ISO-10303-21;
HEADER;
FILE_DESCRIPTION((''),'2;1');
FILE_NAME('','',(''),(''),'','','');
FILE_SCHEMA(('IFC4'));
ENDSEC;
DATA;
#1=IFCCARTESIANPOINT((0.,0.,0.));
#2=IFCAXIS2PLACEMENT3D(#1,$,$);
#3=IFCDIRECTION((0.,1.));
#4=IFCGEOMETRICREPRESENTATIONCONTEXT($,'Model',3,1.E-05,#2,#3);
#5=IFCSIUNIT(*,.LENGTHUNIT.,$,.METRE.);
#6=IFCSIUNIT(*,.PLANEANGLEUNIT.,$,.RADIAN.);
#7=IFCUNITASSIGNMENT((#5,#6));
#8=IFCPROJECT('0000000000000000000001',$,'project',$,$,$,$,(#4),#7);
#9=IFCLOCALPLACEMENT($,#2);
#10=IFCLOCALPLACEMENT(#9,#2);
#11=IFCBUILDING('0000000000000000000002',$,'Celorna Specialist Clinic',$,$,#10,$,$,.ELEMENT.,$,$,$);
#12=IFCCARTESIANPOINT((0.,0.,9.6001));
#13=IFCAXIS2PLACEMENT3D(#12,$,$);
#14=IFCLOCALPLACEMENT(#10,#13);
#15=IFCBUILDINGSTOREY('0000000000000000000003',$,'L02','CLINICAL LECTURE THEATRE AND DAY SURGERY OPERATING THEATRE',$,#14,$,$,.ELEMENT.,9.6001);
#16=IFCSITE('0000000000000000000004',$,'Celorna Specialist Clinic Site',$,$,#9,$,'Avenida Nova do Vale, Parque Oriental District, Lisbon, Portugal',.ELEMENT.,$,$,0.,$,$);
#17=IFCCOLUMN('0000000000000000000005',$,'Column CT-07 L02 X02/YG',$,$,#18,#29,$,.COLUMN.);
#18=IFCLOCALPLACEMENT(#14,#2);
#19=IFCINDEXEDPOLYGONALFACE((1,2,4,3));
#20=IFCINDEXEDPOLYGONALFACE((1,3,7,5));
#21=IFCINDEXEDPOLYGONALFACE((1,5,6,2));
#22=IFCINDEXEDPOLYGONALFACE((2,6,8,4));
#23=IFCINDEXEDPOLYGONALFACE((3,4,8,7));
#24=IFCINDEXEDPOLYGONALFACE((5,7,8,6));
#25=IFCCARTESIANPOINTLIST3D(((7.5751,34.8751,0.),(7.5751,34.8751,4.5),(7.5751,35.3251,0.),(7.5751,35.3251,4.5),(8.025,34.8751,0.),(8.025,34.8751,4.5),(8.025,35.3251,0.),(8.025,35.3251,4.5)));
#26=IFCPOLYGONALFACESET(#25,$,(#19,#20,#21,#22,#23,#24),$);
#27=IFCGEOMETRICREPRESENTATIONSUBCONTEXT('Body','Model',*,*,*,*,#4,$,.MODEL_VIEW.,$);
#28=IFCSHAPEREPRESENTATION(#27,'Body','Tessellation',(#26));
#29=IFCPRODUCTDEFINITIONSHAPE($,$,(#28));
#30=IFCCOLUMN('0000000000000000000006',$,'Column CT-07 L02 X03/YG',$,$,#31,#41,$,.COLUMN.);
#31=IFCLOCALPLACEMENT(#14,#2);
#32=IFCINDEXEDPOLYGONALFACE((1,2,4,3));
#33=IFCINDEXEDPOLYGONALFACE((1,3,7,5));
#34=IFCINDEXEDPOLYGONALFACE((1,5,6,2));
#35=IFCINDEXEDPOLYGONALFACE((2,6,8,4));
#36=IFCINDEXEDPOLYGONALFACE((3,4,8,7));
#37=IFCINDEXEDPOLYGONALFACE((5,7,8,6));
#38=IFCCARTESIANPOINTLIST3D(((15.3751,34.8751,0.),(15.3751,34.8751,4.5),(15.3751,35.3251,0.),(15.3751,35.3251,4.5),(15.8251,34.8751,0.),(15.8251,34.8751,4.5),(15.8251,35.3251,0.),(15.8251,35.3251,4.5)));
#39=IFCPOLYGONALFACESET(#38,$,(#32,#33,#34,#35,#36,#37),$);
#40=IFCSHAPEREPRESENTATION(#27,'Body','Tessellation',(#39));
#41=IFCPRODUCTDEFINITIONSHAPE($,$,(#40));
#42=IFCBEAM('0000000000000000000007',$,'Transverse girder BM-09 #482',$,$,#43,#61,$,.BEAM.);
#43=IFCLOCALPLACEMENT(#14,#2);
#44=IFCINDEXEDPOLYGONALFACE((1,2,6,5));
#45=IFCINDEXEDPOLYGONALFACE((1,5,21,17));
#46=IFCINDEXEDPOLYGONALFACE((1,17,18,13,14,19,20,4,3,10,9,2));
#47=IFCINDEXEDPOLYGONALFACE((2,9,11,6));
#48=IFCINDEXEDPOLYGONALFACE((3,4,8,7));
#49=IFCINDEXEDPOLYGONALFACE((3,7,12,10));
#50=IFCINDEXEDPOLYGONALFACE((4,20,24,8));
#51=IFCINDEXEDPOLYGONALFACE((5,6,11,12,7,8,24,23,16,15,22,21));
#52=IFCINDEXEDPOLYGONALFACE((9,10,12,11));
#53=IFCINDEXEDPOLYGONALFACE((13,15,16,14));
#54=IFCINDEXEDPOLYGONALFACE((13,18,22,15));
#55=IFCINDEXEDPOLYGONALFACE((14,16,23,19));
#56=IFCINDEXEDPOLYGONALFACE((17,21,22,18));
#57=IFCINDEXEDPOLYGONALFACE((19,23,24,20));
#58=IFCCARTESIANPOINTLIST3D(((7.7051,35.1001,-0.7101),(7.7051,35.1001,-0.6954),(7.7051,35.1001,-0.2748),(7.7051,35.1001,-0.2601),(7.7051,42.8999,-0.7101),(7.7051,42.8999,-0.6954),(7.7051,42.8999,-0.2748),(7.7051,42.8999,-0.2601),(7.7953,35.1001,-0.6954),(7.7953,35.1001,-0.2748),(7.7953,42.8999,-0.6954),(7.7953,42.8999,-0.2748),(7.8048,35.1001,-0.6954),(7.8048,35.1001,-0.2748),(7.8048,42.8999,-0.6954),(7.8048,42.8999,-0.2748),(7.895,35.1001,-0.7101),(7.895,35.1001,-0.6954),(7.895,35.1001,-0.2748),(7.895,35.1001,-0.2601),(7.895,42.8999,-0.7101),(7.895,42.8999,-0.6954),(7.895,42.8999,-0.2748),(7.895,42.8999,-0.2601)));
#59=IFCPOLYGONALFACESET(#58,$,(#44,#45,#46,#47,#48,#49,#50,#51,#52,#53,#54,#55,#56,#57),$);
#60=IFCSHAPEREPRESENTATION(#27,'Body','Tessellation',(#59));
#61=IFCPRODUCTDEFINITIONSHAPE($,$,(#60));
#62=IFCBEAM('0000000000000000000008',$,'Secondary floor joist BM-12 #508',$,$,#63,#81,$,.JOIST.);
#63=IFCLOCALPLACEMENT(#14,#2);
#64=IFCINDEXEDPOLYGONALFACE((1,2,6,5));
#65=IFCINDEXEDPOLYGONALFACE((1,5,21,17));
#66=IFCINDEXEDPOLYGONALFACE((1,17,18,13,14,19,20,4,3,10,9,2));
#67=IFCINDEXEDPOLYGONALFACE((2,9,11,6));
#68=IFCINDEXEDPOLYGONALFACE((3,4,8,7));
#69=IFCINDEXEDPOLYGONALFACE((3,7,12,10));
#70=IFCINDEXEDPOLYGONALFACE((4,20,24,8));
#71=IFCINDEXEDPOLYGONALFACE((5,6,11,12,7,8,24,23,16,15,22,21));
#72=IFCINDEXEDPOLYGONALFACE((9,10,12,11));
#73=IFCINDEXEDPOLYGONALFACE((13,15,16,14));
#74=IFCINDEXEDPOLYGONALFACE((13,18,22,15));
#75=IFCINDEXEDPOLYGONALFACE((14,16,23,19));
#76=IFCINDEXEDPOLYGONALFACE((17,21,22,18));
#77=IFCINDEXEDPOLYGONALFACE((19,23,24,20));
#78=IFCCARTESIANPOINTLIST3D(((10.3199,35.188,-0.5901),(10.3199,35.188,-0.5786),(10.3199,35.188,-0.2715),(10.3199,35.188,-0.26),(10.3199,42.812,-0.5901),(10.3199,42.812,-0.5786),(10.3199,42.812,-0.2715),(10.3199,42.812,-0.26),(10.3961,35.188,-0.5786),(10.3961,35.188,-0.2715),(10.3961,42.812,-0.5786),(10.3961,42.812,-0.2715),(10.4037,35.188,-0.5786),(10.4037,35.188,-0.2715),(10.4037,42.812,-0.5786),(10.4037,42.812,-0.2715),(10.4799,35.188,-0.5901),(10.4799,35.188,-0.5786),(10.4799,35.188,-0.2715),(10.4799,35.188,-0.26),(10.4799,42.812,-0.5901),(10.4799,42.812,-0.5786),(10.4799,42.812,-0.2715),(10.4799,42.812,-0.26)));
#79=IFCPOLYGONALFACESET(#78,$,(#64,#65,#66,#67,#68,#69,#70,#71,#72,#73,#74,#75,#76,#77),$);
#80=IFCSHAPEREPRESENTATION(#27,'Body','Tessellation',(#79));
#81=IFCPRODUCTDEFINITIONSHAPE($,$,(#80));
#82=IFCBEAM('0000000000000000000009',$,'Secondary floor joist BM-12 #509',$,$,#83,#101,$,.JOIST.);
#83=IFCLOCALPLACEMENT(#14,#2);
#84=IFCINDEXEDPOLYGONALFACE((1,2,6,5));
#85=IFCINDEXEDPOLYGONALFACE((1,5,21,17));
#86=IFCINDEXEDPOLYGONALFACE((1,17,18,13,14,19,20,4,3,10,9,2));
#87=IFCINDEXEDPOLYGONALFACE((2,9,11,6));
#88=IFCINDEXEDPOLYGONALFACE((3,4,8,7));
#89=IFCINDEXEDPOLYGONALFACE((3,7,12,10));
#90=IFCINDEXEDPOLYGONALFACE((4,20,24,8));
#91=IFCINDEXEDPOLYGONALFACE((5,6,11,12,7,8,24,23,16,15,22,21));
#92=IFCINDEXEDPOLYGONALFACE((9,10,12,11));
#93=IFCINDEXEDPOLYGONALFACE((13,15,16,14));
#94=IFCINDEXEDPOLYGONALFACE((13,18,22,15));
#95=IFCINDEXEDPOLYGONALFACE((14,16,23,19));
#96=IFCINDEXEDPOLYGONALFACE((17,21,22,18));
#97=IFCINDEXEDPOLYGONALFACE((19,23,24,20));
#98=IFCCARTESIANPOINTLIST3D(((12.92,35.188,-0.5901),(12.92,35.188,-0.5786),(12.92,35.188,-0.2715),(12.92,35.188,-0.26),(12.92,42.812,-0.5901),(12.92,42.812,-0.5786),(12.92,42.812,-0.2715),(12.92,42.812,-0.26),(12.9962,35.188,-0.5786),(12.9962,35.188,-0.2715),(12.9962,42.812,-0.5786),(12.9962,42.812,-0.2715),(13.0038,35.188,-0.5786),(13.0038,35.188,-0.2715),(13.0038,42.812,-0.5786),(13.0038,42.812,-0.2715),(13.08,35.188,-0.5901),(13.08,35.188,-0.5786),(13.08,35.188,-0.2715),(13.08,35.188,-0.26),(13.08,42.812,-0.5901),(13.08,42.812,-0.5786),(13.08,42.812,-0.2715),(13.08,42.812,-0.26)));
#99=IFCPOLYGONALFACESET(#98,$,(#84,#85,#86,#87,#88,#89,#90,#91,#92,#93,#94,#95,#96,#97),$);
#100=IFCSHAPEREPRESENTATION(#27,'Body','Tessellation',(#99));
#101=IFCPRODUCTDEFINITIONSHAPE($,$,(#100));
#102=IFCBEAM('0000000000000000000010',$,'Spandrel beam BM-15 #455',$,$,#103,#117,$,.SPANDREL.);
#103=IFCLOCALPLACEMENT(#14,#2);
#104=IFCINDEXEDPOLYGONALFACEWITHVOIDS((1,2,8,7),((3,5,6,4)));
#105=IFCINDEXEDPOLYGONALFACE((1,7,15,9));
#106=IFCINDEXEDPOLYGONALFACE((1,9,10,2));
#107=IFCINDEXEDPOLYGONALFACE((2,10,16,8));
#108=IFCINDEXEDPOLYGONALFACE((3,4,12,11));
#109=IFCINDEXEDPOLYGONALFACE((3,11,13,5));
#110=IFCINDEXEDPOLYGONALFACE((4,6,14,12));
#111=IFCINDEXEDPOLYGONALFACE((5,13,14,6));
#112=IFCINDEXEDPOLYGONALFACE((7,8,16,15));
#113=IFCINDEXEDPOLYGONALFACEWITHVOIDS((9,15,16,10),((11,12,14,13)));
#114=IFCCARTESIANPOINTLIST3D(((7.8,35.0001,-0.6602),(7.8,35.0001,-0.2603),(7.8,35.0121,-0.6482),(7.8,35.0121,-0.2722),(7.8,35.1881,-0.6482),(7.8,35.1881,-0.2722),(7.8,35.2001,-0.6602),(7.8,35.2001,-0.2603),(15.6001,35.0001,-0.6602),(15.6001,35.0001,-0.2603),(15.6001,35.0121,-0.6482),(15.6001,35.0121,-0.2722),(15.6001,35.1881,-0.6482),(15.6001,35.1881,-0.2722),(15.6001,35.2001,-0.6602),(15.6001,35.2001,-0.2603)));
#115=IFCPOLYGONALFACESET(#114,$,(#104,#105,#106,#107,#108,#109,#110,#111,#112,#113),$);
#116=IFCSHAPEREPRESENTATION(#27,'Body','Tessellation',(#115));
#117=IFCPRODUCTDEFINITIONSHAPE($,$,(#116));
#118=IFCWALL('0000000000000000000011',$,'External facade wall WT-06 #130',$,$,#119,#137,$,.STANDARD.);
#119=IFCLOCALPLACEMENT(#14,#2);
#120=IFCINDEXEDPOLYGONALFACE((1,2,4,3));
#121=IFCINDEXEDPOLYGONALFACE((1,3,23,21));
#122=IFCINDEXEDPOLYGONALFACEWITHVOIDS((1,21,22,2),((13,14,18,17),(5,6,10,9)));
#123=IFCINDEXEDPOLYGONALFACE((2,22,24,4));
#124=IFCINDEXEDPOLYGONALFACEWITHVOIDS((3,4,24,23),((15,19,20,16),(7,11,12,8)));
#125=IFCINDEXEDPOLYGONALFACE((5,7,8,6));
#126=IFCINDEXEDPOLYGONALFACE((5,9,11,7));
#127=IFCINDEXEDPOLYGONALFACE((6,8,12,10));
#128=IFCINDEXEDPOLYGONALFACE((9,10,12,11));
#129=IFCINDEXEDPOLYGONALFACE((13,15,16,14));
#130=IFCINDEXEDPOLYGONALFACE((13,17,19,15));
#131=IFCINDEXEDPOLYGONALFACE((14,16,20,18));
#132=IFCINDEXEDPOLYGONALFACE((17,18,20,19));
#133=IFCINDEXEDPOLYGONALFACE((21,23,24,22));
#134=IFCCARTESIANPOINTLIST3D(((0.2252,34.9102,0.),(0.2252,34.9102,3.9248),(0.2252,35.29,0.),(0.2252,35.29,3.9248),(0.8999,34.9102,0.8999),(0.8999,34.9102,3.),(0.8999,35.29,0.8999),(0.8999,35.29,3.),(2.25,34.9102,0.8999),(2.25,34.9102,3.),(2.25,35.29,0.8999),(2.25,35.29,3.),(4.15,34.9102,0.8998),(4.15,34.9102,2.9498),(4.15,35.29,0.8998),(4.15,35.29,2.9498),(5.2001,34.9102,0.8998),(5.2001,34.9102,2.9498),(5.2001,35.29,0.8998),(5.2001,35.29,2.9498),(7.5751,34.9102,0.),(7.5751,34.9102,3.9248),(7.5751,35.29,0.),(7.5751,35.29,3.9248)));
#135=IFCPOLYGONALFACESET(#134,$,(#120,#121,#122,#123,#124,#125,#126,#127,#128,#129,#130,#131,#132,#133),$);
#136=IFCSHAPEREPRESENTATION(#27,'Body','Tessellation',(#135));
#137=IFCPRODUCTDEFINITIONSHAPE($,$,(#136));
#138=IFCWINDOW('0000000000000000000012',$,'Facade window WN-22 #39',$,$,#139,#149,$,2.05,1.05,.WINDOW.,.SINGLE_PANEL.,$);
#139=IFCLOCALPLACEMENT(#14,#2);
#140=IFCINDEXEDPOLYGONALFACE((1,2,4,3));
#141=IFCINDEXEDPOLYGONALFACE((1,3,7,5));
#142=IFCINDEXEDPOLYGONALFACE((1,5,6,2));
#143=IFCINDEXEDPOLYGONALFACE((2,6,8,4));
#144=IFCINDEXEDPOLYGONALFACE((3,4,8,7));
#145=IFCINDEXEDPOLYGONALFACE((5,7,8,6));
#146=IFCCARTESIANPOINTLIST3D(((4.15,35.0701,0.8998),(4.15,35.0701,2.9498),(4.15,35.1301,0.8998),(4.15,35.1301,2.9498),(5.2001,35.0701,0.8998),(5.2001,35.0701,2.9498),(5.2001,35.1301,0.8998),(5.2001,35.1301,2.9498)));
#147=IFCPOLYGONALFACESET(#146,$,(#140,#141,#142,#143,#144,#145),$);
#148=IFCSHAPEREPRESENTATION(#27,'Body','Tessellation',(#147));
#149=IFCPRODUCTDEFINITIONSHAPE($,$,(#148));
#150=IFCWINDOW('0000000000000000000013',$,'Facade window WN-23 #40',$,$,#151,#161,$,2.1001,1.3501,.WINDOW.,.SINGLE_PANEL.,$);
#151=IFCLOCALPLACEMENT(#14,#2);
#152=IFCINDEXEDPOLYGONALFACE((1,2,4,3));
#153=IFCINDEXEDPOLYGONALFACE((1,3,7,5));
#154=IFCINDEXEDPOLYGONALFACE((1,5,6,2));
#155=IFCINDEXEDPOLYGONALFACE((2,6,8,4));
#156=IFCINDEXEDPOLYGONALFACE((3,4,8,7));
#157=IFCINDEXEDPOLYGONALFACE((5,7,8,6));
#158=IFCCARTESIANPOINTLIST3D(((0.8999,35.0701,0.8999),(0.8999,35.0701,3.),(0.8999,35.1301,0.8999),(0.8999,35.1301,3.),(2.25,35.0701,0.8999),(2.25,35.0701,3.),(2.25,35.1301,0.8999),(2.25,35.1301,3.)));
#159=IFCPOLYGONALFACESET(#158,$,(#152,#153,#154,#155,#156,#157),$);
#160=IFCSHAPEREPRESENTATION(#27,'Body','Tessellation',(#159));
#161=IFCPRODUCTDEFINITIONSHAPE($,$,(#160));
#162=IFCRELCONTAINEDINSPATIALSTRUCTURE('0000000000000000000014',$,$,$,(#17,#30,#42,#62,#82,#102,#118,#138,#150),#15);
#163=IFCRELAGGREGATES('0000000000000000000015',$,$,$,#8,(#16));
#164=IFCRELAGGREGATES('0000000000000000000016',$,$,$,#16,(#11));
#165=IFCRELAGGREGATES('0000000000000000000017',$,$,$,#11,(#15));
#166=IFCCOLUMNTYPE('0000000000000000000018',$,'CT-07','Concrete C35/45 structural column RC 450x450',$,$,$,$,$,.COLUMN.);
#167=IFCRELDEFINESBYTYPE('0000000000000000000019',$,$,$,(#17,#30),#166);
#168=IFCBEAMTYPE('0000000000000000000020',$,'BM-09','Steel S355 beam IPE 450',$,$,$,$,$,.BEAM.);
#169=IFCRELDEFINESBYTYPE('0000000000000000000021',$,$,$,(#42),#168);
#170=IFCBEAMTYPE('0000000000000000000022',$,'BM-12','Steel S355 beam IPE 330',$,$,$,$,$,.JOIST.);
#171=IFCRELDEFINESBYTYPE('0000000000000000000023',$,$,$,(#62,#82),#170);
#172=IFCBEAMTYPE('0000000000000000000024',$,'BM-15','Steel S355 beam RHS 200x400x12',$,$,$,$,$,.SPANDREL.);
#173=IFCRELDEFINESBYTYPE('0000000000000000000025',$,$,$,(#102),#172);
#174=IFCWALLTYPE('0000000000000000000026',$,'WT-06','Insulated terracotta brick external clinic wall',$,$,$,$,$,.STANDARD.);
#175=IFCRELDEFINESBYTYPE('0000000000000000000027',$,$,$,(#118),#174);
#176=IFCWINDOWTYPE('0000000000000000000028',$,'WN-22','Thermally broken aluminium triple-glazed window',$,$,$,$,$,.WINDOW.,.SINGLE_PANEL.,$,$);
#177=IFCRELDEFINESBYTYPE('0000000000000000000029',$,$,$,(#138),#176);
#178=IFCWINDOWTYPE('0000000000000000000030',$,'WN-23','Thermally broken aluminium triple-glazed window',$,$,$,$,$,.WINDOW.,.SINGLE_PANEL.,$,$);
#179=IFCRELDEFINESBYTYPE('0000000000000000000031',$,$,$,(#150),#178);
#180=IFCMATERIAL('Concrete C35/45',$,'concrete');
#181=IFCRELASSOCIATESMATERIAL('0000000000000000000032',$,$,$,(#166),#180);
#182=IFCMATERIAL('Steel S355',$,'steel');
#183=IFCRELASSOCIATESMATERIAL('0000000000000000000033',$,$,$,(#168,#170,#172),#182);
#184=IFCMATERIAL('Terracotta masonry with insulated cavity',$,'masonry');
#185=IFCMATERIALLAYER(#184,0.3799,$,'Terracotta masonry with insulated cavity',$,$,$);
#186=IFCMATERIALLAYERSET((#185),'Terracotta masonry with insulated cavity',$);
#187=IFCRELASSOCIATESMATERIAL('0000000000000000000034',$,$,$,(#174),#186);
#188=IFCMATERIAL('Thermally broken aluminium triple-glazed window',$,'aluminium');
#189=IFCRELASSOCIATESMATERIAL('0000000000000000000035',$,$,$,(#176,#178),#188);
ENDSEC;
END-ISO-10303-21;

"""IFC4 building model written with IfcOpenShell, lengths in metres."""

from ifc_helpers import new_model, si_unit, direction, frame, frame_2d, origin, origin_2d, place, context, subcontext, project, spatial, rectangle, hollow_rectangle, i_section, extrude, material, layer, layer_set, material_profile, profile_set, type_object, element, fill, save


model = new_model("IFC4")

# Units and contexts
model_context = context("Model", 3, precision=1e-05, world=origin(), true_north=direction((0.0, 1.0)))
body_context = subcontext(model_context, "Body", "Model", "MODEL_VIEW")
ifc_project = project(units=[si_unit("LENGTHUNIT", "METRE"), si_unit("PLANEANGLEUNIT", "RADIAN")], contexts=[model_context])

# Site, building, storey
site_placement = place(None, origin())
site = spatial("IfcSite", under=ifc_project, at=site_placement, Name="Celorna Specialist Clinic Site", LongName="Avenida Nova do Vale, Parque Oriental District, Lisbon, Portugal", CompositionType="ELEMENT", RefElevation=0.0)
building_placement = place(site_placement, origin())
building = spatial("IfcBuilding", under=site, at=building_placement, Name="Celorna Specialist Clinic", CompositionType="ELEMENT")
storey_placement = place(building_placement, frame((0.0, 0.0, 9.6001)))
storey = spatial("IfcBuildingStorey", under=building, at=storey_placement, Name="L02", Description="CLINICAL LECTURE THEATRE AND DAY SURGERY OPERATING THEATRE", CompositionType="ELEMENT", Elevation=9.6001)

# Columns
ifc_material_1 = material(Name="Concrete C35/45", Category="concrete")
ifc_material_profile_1 = material_profile(ifc_material_1, rectangle(XDim=0.45, YDim=0.45, at=origin_2d()), Name="RC 450x450")
ifc_profile_set_1 = profile_set([ifc_material_profile_1], Name="Concrete C35/45")
column_type = type_object("IfcColumnType", Name="CT-07", Description="Concrete C35/45 structural column RC 450x450", PredefinedType="COLUMN", material=ifc_profile_set_1)
for number, where, z_axis, x_axis, name in (
    (1, (7.8, 35.1001, 0.0), (0.0, 0.0, 1.0), (1.0, 0.0, 0.0), "Column CT-07 L02 X02/YG"),
    (2, (15.6001, 35.1001, 0.0), (0.0, 0.0, 1.0), (1.0, 0.0, 0.0), "Column CT-07 L02 X03/YG"),
):
    element("IfcColumn", number, at=place(storey_placement, frame(where, z_axis=z_axis, x_axis=x_axis)), inside=storey, type_object=column_type, Name=name, PredefinedType="COLUMN", context=body_context, shape_type="SweptSolid", body=[
        extrude(rectangle(XDim=0.45, YDim=0.45, at=origin_2d()), origin(), (0.0, 0.0, 1.0), 4.5),
    ])

# Beams
ifc_material_2 = material(Name="Steel S355", Category="steel")
ifc_material_profile_2 = material_profile(ifc_material_2, i_section(OverallWidth=0.1899, OverallDepth=0.45, WebThickness=0.0095, FlangeThickness=0.0146, at=origin_2d()), Name="IPE 450")
ifc_profile_set_2 = profile_set([ifc_material_profile_2], Name="Steel S355")
beam_type_1 = type_object("IfcBeamType", Name="BM-09", Description="Steel S355 beam IPE 450", PredefinedType="BEAM", material=ifc_profile_set_2)
beam_1_placement = place(storey_placement, frame((7.8, 35.1001, -0.4851), z_axis=(0.0, 1.0, 0.0), x_axis=(-1.0, 0.0, 0.0)))
element("IfcBeam", 3, at=beam_1_placement, inside=storey, type_object=beam_type_1, Name="Transverse girder BM-09 #482", PredefinedType="BEAM", context=body_context, shape_type="SweptSolid", body=[
    extrude(i_section(OverallWidth=0.1899, OverallDepth=0.45, WebThickness=0.0095, FlangeThickness=0.0146, at=origin_2d()), origin(), (0.0, 0.0, 1.0), 7.7998),
])
ifc_material_profile_3 = material_profile(ifc_material_2, i_section(OverallWidth=0.1599, OverallDepth=0.3301, WebThickness=0.0076, FlangeThickness=0.0115, at=origin_2d()), Name="IPE 330")
ifc_profile_set_3 = profile_set([ifc_material_profile_3], Name="Steel S355")
beam_type_2 = type_object("IfcBeamType", Name="BM-12", Description="Steel S355 beam IPE 330", PredefinedType="JOIST", material=ifc_profile_set_3)
for number, where, z_axis, x_axis, name in (
    (4, (10.3999, 35.188, -0.425), (0.0, 1.0, 0.0), (-1.0, 0.0, 0.0), "Secondary floor joist BM-12 #508"),
    (5, (13.0, 35.188, -0.425), (0.0, 1.0, 0.0), (-1.0, 0.0, 0.0), "Secondary floor joist BM-12 #509"),
):
    element("IfcBeam", number, at=place(storey_placement, frame(where, z_axis=z_axis, x_axis=x_axis)), inside=storey, type_object=beam_type_2, Name=name, PredefinedType="JOIST", context=body_context, shape_type="SweptSolid", body=[
        extrude(i_section(OverallWidth=0.1599, OverallDepth=0.3301, WebThickness=0.0076, FlangeThickness=0.0115, at=origin_2d()), origin(), (0.0, 0.0, 1.0), 7.624),
    ])
ifc_material_profile_4 = material_profile(ifc_material_2, hollow_rectangle(XDim=0.2, YDim=0.3999, WallThickness=0.012, at=origin_2d()), Name="RHS 200x400x12")
ifc_profile_set_4 = profile_set([ifc_material_profile_4], Name="Steel S355")
beam_type_3 = type_object("IfcBeamType", Name="BM-15", Description="Steel S355 beam RHS 200x400x12", PredefinedType="SPANDREL", material=ifc_profile_set_4)
beam_2_placement = place(storey_placement, frame((7.8, 35.1001, -0.4602), z_axis=(1.0, 0.0, 0.0), x_axis=(0.0, 1.0, 0.0)))
element("IfcBeam", 6, at=beam_2_placement, inside=storey, type_object=beam_type_3, Name="Spandrel beam BM-15 #455", PredefinedType="SPANDREL", context=body_context, shape_type="SweptSolid", body=[
    extrude(hollow_rectangle(XDim=0.2, YDim=0.3999, WallThickness=0.012, at=origin_2d()), origin(), (0.0, 0.0, 1.0), 7.8),
])

# Wall, openings, windows
ifc_material_3 = material(Name="Terracotta masonry with insulated cavity", Category="masonry")
ifc_layer_1 = layer(ifc_material_3, 0.3799, Name="Terracotta masonry with insulated cavity")
ifc_layer_set_1 = layer_set([ifc_layer_1], Name="Terracotta masonry with insulated cavity")
wall_type_1 = type_object("IfcWallType", Name="WT-06", Description="Insulated terracotta brick external clinic wall", PredefinedType="STANDARD", material=ifc_layer_set_1)
wall_1_placement = place(storey_placement, frame((7.575, 35.1001, 0.0), z_axis=(0.0, 0.0, 1.0), x_axis=(-1.0, 0.0, 0.0)))
wall_1 = element("IfcWall", 7, at=wall_1_placement, inside=storey, type_object=wall_type_1, Name="External facade wall WT-06 #130", PredefinedType="STANDARD", context=body_context, shape_type="SweptSolid", body=[
    extrude(rectangle(XDim=7.3499, YDim=0.3799, at=frame_2d((3.6748, 0.0))), origin(), (0.0, 0.0, 1.0), 3.9248),
])
opening_1_placement = place(wall_1_placement, frame((2.375, 0.0, 0.8999)))
opening_1 = element("IfcOpeningElement", 8, at=opening_1_placement, cuts=wall_1, PredefinedType="OPENING", context=body_context, shape_type="SweptSolid", body=[
    extrude(rectangle(XDim=1.05, YDim=2.05, at=frame_2d((0.5249, 1.0249))), frame((0.0, 0.2, 0.0), z_axis=(0.0, -1.0, 0.0), x_axis=(1.0, 0.0, 0.0)), (0.0, 0.0, 1.0), 0.3999),
])
opening_2_placement = place(wall_1_placement, frame((5.325, 0.0, 0.8999)))
opening_2 = element("IfcOpeningElement", 9, at=opening_2_placement, cuts=wall_1, PredefinedType="OPENING", context=body_context, shape_type="SweptSolid", body=[
    extrude(rectangle(XDim=1.3501, YDim=2.1001, at=frame_2d((0.675, 1.05))), frame((0.0, 0.2, 0.0), z_axis=(0.0, -1.0, 0.0), x_axis=(1.0, 0.0, 0.0)), (0.0, 0.0, 1.0), 0.3999),
])
ifc_material_4 = material(Name="Thermally broken aluminium triple-glazed window", Category="aluminium")
window_type_1 = type_object("IfcWindowType", Name="WN-22", Description="Thermally broken aluminium triple-glazed window", PartitioningType="SINGLE_PANEL", PredefinedType="WINDOW", material=ifc_material_4)
window_1_placement = place(opening_1_placement, origin())
window_1 = element("IfcWindow", 10, at=window_1_placement, inside=storey, type_object=window_type_1, Name="Facade window WN-22 #39", OverallHeight=2.05, OverallWidth=1.05, PartitioningType="SINGLE_PANEL", PredefinedType="WINDOW", context=body_context, shape_type="SweptSolid", body=[
    extrude(rectangle(XDim=1.05, YDim=2.05, at=frame_2d((0.5249, 1.0249))), frame((0.0, 0.03, 0.0), z_axis=(0.0, -1.0, 0.0), x_axis=(1.0, 0.0, 0.0)), (0.0, 0.0, 1.0), 0.0601),
])
fill(opening_1, window_1)
window_type_2 = type_object("IfcWindowType", Name="WN-23", Description="Thermally broken aluminium triple-glazed window", PartitioningType="SINGLE_PANEL", PredefinedType="WINDOW", material=ifc_material_4)
window_2_placement = place(opening_2_placement, origin())
window_2 = element("IfcWindow", 11, at=window_2_placement, inside=storey, type_object=window_type_2, Name="Facade window WN-23 #40", OverallHeight=2.1001, OverallWidth=1.3501, PartitioningType="SINGLE_PANEL", PredefinedType="WINDOW", context=body_context, shape_type="SweptSolid", body=[
    extrude(rectangle(XDim=1.3501, YDim=2.1001, at=frame_2d((0.675, 1.05))), frame((0.0, 0.03, 0.0), z_axis=(0.0, -1.0, 0.0), x_axis=(1.0, 0.0, 0.0)), (0.0, 0.0, 1.0), 0.0601),
])
fill(opening_2, window_2)

save(model, "model.ifc")
